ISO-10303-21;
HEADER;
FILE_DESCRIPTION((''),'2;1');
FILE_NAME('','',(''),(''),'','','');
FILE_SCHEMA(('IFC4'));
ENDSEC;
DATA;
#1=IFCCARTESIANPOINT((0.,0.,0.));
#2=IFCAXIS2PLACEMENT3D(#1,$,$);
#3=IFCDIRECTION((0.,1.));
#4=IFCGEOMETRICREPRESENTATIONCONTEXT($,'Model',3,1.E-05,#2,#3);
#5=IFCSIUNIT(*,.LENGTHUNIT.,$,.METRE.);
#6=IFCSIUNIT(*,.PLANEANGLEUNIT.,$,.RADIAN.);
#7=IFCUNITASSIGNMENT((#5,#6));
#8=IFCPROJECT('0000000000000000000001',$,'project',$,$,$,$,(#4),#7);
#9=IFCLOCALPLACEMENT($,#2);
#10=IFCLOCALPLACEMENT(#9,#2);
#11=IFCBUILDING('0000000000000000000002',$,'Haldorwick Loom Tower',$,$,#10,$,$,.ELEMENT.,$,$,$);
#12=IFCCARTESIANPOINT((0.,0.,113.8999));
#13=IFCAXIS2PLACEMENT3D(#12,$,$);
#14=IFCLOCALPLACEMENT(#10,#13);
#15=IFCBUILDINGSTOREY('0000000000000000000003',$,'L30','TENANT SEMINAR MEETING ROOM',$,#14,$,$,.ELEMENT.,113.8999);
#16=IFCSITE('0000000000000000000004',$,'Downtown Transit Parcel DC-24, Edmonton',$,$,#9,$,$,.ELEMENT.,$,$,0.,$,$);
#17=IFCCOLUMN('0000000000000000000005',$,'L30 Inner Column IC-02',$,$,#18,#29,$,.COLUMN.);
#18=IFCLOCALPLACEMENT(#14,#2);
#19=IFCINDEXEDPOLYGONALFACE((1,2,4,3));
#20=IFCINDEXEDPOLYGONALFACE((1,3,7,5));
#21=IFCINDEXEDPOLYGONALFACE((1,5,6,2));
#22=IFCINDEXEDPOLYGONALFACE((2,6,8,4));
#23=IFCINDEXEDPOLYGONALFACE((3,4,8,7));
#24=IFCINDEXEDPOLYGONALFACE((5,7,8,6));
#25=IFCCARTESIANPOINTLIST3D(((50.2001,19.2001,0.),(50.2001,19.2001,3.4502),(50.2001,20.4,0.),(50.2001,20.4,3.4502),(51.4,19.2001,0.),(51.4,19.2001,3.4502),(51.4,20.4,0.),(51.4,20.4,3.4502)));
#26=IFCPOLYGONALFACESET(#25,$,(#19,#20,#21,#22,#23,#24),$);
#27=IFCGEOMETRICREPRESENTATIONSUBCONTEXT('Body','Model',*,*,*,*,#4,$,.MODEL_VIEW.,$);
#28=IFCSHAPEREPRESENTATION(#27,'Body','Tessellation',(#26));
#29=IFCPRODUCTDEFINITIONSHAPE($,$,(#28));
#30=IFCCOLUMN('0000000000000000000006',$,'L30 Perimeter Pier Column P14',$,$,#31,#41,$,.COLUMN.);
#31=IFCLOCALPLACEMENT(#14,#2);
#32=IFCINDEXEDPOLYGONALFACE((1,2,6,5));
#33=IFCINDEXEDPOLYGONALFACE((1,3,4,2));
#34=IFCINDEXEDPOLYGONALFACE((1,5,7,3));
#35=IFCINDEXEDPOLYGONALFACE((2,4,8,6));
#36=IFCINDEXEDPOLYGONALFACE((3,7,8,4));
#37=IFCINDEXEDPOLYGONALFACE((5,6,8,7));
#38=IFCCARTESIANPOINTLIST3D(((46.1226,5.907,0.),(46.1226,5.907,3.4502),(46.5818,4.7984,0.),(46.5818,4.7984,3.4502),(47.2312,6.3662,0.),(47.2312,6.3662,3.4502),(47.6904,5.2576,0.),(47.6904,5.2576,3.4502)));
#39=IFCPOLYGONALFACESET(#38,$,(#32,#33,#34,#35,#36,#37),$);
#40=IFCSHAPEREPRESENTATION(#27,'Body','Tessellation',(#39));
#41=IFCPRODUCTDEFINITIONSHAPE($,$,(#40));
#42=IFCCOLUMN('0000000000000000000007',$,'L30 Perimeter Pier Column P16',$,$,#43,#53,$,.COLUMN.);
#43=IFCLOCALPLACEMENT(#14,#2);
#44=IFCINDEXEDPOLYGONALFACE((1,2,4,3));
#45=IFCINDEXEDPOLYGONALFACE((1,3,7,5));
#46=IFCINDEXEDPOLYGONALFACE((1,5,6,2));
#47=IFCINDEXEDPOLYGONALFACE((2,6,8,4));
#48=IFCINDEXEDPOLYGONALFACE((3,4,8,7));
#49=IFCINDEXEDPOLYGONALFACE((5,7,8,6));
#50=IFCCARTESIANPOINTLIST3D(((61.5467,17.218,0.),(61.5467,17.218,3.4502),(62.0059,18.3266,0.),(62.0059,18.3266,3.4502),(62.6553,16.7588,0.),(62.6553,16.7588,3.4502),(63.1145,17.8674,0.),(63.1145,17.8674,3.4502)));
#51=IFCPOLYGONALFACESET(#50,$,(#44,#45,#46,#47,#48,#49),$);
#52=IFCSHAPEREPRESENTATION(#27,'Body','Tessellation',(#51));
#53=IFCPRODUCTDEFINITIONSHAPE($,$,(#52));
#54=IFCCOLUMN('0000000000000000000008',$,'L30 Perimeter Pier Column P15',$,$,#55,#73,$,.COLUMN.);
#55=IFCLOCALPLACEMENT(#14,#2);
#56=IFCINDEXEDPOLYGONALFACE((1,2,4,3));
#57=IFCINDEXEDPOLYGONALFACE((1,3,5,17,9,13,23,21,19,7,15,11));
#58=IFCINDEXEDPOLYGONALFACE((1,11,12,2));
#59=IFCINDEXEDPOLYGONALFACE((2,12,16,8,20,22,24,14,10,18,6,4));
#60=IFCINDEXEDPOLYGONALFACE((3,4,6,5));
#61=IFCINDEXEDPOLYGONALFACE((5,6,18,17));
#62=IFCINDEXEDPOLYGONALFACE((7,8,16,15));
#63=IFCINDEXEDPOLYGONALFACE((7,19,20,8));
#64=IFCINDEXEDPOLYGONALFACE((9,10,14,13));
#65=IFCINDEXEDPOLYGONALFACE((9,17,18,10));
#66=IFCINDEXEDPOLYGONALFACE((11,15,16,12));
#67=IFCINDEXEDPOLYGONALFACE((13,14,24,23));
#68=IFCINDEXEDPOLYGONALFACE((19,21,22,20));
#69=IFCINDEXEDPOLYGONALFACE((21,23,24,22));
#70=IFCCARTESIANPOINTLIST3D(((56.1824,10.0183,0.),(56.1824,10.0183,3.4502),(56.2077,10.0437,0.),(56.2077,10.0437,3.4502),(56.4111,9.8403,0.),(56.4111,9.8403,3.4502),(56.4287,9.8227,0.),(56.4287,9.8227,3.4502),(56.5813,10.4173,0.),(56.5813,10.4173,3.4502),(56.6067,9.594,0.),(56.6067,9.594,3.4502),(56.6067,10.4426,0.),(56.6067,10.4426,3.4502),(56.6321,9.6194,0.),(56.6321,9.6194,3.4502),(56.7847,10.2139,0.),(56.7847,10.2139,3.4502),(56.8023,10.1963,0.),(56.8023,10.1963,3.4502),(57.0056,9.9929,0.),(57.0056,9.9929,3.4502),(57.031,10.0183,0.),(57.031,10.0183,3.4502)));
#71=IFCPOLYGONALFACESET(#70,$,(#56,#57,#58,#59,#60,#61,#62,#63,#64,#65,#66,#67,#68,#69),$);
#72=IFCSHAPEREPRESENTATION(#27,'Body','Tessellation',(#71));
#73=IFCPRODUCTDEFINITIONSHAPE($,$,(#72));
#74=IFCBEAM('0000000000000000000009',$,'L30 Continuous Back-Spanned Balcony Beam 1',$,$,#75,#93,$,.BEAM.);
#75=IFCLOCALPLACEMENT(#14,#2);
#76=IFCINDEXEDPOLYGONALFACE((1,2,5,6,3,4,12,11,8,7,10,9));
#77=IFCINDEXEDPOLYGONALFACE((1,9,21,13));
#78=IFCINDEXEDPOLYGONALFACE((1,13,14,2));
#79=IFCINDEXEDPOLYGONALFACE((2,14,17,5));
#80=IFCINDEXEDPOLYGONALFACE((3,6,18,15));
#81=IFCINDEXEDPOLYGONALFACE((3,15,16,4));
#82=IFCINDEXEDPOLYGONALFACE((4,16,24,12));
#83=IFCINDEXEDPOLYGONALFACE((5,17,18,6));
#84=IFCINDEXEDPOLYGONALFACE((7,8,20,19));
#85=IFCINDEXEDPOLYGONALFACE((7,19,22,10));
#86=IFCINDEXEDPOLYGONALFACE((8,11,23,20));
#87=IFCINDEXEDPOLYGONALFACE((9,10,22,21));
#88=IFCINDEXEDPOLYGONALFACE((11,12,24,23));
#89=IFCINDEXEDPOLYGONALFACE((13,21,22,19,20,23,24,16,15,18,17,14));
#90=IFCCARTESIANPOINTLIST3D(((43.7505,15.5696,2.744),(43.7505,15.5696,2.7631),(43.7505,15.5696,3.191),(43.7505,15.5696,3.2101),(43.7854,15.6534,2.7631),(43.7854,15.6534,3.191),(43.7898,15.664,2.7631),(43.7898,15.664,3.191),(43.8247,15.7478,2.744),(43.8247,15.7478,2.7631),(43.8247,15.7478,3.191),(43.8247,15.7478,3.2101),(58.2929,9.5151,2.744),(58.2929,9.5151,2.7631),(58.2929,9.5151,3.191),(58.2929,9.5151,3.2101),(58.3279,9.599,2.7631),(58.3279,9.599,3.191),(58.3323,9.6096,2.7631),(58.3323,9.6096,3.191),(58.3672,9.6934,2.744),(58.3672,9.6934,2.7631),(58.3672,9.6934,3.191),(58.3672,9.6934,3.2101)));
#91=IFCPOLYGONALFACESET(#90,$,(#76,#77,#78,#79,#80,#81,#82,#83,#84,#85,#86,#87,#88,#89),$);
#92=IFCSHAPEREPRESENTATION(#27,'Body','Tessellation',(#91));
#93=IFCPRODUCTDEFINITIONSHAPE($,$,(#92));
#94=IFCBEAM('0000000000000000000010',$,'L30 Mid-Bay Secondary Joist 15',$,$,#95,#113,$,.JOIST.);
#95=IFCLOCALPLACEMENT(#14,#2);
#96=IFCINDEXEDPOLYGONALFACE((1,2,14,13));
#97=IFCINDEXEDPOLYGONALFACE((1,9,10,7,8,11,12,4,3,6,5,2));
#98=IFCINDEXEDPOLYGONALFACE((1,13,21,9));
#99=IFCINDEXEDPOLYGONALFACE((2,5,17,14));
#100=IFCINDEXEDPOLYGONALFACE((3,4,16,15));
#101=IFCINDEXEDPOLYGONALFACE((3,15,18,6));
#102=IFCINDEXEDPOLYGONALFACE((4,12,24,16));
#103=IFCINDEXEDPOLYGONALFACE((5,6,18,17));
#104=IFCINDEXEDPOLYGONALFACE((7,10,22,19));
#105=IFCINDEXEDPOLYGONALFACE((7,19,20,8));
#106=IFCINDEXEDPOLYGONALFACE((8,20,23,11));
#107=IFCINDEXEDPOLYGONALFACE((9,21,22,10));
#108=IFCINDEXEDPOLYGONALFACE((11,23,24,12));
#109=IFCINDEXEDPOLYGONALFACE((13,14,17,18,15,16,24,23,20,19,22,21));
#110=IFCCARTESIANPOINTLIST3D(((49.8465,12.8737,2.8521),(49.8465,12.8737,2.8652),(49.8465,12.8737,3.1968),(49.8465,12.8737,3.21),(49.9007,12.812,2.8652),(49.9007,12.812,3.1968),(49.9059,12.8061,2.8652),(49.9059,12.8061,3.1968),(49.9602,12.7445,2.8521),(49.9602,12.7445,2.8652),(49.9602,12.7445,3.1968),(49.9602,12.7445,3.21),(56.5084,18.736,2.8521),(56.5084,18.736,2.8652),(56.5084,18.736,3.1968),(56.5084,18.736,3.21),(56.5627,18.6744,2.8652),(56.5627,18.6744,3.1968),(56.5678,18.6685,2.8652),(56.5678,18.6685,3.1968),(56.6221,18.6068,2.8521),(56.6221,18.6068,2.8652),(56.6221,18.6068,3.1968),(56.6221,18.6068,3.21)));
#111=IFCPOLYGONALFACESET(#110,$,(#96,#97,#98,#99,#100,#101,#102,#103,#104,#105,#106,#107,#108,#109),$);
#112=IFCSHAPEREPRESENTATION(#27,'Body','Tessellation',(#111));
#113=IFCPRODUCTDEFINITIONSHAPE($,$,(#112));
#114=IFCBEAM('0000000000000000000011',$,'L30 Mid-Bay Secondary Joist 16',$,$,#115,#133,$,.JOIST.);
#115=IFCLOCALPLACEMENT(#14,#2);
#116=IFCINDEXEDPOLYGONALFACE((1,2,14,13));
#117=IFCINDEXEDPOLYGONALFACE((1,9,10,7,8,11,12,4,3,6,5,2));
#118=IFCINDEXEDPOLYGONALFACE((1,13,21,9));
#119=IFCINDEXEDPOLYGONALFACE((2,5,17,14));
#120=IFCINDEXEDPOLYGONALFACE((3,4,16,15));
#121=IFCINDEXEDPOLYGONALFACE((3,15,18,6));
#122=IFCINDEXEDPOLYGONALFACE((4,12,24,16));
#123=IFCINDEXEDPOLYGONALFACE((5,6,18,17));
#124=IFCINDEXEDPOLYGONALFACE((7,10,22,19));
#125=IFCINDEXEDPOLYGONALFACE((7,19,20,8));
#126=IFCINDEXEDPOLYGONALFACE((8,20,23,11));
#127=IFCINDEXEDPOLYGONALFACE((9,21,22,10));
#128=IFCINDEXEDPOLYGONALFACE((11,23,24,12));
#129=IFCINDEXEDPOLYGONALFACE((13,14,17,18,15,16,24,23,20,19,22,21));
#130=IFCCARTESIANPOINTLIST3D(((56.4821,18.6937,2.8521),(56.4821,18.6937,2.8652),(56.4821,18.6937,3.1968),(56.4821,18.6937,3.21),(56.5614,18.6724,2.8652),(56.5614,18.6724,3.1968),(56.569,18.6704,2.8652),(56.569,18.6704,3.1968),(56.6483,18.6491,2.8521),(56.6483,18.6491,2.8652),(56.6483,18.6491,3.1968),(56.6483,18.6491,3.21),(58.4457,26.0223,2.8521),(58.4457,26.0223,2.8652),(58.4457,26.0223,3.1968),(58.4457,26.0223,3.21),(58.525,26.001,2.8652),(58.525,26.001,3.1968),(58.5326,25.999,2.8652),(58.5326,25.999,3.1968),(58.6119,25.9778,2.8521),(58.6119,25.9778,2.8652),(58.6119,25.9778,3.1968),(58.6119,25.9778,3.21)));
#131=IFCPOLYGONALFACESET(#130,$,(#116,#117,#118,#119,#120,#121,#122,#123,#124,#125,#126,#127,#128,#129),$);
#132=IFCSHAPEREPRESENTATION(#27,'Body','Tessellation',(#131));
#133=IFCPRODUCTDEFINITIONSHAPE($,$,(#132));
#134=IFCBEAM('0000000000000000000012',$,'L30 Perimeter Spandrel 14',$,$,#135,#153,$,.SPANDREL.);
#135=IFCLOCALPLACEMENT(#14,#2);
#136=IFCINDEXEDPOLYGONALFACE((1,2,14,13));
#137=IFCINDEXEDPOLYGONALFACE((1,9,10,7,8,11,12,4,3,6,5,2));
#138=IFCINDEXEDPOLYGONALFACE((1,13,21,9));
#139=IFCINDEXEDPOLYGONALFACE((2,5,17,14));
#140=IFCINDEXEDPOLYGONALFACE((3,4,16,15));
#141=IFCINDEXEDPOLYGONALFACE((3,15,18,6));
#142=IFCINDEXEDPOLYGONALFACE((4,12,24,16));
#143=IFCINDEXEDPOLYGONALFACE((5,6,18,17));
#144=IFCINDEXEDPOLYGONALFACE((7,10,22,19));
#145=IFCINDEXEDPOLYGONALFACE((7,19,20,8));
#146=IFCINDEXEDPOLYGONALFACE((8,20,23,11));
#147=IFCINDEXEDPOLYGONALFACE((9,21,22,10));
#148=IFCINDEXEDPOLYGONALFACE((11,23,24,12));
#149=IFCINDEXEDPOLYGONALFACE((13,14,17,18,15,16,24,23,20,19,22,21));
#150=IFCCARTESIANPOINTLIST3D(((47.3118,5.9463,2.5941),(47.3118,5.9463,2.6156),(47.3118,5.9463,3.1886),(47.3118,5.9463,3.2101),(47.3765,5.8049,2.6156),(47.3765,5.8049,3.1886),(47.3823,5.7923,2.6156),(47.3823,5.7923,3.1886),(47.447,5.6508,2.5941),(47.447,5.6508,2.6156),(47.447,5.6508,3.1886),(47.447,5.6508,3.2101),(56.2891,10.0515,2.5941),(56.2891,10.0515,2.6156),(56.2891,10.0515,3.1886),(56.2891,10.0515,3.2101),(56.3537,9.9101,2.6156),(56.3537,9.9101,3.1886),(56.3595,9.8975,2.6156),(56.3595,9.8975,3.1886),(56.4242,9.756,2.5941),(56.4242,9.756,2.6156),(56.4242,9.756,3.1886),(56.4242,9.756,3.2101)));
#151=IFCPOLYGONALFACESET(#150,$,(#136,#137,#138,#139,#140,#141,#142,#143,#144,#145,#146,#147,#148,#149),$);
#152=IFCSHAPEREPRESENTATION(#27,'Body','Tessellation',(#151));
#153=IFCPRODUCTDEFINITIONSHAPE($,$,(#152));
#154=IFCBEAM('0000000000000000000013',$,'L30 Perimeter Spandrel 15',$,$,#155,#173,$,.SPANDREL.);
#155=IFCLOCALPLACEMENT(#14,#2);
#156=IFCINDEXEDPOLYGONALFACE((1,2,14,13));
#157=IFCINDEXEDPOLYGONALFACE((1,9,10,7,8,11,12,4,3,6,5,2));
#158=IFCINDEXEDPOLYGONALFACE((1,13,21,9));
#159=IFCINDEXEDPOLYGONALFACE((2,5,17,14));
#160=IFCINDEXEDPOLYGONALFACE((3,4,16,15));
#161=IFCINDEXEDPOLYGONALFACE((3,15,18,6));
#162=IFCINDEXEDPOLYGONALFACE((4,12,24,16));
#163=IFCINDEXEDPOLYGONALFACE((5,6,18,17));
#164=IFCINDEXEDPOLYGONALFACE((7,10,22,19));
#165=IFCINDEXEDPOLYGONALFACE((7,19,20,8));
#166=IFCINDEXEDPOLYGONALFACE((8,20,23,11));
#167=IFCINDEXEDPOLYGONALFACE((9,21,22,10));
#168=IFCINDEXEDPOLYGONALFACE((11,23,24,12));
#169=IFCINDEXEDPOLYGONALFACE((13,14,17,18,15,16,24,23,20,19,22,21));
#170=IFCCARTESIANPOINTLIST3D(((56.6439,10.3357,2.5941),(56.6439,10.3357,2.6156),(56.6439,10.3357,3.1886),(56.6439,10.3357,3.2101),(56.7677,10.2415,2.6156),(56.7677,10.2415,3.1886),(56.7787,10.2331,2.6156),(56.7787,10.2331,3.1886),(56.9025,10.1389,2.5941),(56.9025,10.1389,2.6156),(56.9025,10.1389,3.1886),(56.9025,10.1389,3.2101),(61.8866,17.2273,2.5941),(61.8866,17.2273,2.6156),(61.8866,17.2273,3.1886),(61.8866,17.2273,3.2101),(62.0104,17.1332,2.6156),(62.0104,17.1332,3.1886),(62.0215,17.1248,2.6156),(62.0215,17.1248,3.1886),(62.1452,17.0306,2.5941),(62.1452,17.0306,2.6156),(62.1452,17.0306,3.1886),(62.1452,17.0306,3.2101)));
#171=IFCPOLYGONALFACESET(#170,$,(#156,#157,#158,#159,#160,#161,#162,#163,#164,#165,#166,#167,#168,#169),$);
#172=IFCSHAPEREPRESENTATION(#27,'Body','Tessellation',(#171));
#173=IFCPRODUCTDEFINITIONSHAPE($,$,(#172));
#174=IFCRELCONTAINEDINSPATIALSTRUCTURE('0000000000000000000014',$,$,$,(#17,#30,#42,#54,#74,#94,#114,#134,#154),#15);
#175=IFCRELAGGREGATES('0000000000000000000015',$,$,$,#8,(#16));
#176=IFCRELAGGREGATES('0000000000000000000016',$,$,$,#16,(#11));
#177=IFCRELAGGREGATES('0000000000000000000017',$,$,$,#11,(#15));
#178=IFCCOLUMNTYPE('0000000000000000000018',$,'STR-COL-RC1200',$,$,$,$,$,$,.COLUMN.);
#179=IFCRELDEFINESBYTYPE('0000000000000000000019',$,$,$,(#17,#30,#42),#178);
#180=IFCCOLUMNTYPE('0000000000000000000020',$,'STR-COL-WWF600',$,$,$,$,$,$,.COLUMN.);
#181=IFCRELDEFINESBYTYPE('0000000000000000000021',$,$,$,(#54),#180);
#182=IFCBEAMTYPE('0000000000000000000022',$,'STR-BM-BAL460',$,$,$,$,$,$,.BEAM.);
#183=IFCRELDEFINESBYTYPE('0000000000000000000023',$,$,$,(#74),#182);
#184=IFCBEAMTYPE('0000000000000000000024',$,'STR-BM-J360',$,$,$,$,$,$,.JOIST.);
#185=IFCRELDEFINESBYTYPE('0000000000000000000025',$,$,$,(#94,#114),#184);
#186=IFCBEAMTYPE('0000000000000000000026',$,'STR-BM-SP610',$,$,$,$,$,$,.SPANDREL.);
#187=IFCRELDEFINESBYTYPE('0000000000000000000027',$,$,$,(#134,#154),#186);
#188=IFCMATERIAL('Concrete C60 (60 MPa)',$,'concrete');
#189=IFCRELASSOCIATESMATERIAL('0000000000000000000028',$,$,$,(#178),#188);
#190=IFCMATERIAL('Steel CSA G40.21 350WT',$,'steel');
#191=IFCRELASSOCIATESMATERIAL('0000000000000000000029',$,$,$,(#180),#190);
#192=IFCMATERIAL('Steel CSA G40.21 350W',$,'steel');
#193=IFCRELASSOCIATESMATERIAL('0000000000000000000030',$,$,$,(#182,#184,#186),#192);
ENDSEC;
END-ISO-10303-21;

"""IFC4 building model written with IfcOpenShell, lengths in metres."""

from ifc_helpers import new_model, si_unit, direction, frame, origin, origin_2d, place, context, subcontext, project, spatial, rectangle, i_section, extrude, material, material_profile, profile_set, type_object, element, save


model = new_model("IFC4")

# Units and contexts
model_context = context("Model", 3, precision=1e-05, world=origin(), true_north=direction((0.0, 1.0)))
body_context = subcontext(model_context, "Body", "Model", "MODEL_VIEW")
ifc_project = project(units=[si_unit("LENGTHUNIT", "METRE"), si_unit("PLANEANGLEUNIT", "RADIAN")], contexts=[model_context])

# Site, building, storey
site_placement = place(None, origin())
site = spatial("IfcSite", under=ifc_project, at=site_placement, Name="Downtown Transit Parcel DC-24, Edmonton", CompositionType="ELEMENT", RefElevation=0.0)
building_placement = place(site_placement, origin())
building = spatial("IfcBuilding", under=site, at=building_placement, Name="Haldorwick Loom Tower", CompositionType="ELEMENT")
storey_placement = place(building_placement, frame((0.0, 0.0, 113.8999)))
storey = spatial("IfcBuildingStorey", under=building, at=storey_placement, Name="L30", Description="TENANT SEMINAR MEETING ROOM", CompositionType="ELEMENT", Elevation=113.8999)

# Columns
ifc_material_1 = material(Name="Concrete C60 (60 MPa)", Category="concrete")
ifc_material_profile_1 = material_profile(ifc_material_1, rectangle(XDim=1.2, YDim=1.2, at=origin_2d()), Name="RC1200X1200", Category="concrete")
ifc_profile_set_1 = profile_set([ifc_material_profile_1], Name="Concrete C60 (60 MPa)")
column_type_1 = type_object("IfcColumnType", Name="STR-COL-RC1200", PredefinedType="COLUMN", material=ifc_profile_set_1)
for number, where, z_axis, x_axis, name in (
    (1, (50.8, 19.8, 0.0), (0.0, 0.0, 1.0), (1.0, 0.0, 0.0), "L30 Inner Column IC-02"),
    (2, (46.9065, 5.5823, 0.0), (0.0, 0.0, 1.0), (0.382683, -0.92388, 0.0), "L30 Perimeter Pier Column P14"),
    (3, (62.3306, 17.5427, 0.0), (0.0, 0.0, 1.0), (0.92388, -0.382683, 0.0), "L30 Perimeter Pier Column P16"),
):
    element("IfcColumn", number, at=place(storey_placement, frame(where, z_axis=z_axis, x_axis=x_axis)), inside=storey, type_object=column_type_1, Name=name, PredefinedType="COLUMN", context=body_context, shape_type="SweptSolid", body=[
        extrude(rectangle(XDim=1.2, YDim=1.2, at=origin_2d()), origin(), (0.0, 0.0, 1.0), 3.4502),
    ])
ifc_material_2 = material(Name="Steel CSA G40.21 350WT", Category="steel")
ifc_material_profile_2 = material_profile(ifc_material_2, i_section(OverallWidth=0.6001, OverallDepth=0.6001, WebThickness=0.0249, FlangeThickness=0.0359, at=origin_2d()), Name="WWF600X600", Category="steel")
ifc_profile_set_2 = profile_set([ifc_material_profile_2], Name="Steel CSA G40.21 350WT")
column_type_2 = type_object("IfcColumnType", Name="STR-COL-WWF600", PredefinedType="COLUMN", material=ifc_profile_set_2)
column_placement = place(storey_placement, frame((56.6067, 10.0183, 0.0), z_axis=(0.0, 0.0, 1.0), x_axis=(0.707107, -0.707107, 0.0)))
element("IfcColumn", 4, at=column_placement, inside=storey, type_object=column_type_2, Name="L30 Perimeter Pier Column P15", PredefinedType="COLUMN", context=body_context, shape_type="SweptSolid", body=[
    extrude(i_section(OverallWidth=0.6001, OverallDepth=0.6001, WebThickness=0.0249, FlangeThickness=0.0359, at=origin_2d()), origin(), (0.0, 0.0, 1.0), 3.4502),
])

# Beams
ifc_material_3 = material(Name="Steel CSA G40.21 350W", Category="steel")
ifc_material_profile_3 = material_profile(ifc_material_3, i_section(OverallWidth=0.1931, OverallDepth=0.4661, WebThickness=0.0115, FlangeThickness=0.019, at=origin_2d()), Name="W460X97", Category="steel")
ifc_profile_set_3 = profile_set([ifc_material_profile_3], Name="Steel CSA G40.21 350W")
beam_type_1 = type_object("IfcBeamType", Name="STR-BM-BAL460", PredefinedType="BEAM", material=ifc_profile_set_3)
beam_1_placement = place(storey_placement, frame((43.7876, 15.6587, 2.9771), z_axis=(0.923188, -0.384349, 0.0), x_axis=(0.384349, 0.923188, 0.0)))
element("IfcBeam", 5, at=beam_1_placement, inside=storey, type_object=beam_type_1, Name="L30 Continuous Back-Spanned Balcony Beam 1", PredefinedType="BEAM", context=body_context, shape_type="SweptSolid", body=[
    extrude(i_section(OverallWidth=0.1931, OverallDepth=0.4661, WebThickness=0.0115, FlangeThickness=0.019, at=origin_2d()), origin(), (0.0, 0.0, 1.0), 15.7524),
])
ifc_material_profile_4 = material_profile(ifc_material_3, i_section(OverallWidth=0.1721, OverallDepth=0.3579, WebThickness=0.0078, FlangeThickness=0.0132, at=origin_2d()), Name="W360X57", Category="steel")
ifc_profile_set_4 = profile_set([ifc_material_profile_4], Name="Steel CSA G40.21 350W")
beam_type_2 = type_object("IfcBeamType", Name="STR-BM-J360", PredefinedType="JOIST", material=ifc_profile_set_4)
beam_2_placement = place(storey_placement, frame((49.9033, 12.8091, 3.031), z_axis=(0.750721, 0.660619, 0.0), x_axis=(-0.660619, 0.750721, 0.0)))
element("IfcBeam", 6, at=beam_2_placement, inside=storey, type_object=beam_type_2, Name="L30 Mid-Bay Secondary Joist 15", PredefinedType="JOIST", context=body_context, shape_type="SweptSolid", body=[
    extrude(i_section(OverallWidth=0.1721, OverallDepth=0.3579, WebThickness=0.0078, FlangeThickness=0.0132, at=origin_2d()), origin(), (0.0, 0.0, 1.0), 8.874),
])
beam_3_placement = place(storey_placement, frame((56.5652, 18.6714, 3.031), z_axis=(0.25881, 0.965928, 0.0), x_axis=(-0.965928, 0.25881, 0.0)))
element("IfcBeam", 7, at=beam_3_placement, inside=storey, type_object=beam_type_2, Name="L30 Mid-Bay Secondary Joist 16", PredefinedType="JOIST", context=body_context, shape_type="SweptSolid", body=[
    extrude(i_section(OverallWidth=0.1721, OverallDepth=0.3579, WebThickness=0.0078, FlangeThickness=0.0132, at=origin_2d()), origin(), (0.0, 0.0, 1.0), 7.5872),
])
ifc_material_profile_5 = material_profile(ifc_material_3, i_section(OverallWidth=0.325, OverallDepth=0.616, WebThickness=0.0139, FlangeThickness=0.0215, at=origin_2d()), Name="W610X174", Category="steel")
ifc_profile_set_5 = profile_set([ifc_material_profile_5], Name="Steel CSA G40.21 350W")
beam_type_3 = type_object("IfcBeamType", Name="STR-BM-SP610", PredefinedType="SPANDREL", material=ifc_profile_set_5)
beam_4_placement = place(storey_placement, frame((47.3794, 5.7986, 2.9021), z_axis=(0.909424, 0.41587, 0.0), x_axis=(-0.41587, 0.909424, 0.0)))
element("IfcBeam", 8, at=beam_4_placement, inside=storey, type_object=beam_type_3, Name="L30 Perimeter Spandrel 14", PredefinedType="SPANDREL", context=body_context, shape_type="SweptSolid", body=[
    extrude(i_section(OverallWidth=0.325, OverallDepth=0.616, WebThickness=0.0139, FlangeThickness=0.0215, at=origin_2d()), origin(), (0.0, 0.0, 1.0), 9.8713),
])
beam_5_placement = place(storey_placement, frame((56.7732, 10.2373, 2.9021), z_axis=(0.605454, 0.795881, 0.0), x_axis=(-0.795881, 0.605454, 0.0)))
element("IfcBeam", 9, at=beam_5_placement, inside=storey, type_object=beam_type_3, Name="L30 Perimeter Spandrel 15", PredefinedType="SPANDREL", context=body_context, shape_type="SweptSolid", body=[
    extrude(i_section(OverallWidth=0.325, OverallDepth=0.616, WebThickness=0.0139, FlangeThickness=0.0215, at=origin_2d()), origin(), (0.0, 0.0, 1.0), 8.6592),
])

save(model, "model.ifc")
